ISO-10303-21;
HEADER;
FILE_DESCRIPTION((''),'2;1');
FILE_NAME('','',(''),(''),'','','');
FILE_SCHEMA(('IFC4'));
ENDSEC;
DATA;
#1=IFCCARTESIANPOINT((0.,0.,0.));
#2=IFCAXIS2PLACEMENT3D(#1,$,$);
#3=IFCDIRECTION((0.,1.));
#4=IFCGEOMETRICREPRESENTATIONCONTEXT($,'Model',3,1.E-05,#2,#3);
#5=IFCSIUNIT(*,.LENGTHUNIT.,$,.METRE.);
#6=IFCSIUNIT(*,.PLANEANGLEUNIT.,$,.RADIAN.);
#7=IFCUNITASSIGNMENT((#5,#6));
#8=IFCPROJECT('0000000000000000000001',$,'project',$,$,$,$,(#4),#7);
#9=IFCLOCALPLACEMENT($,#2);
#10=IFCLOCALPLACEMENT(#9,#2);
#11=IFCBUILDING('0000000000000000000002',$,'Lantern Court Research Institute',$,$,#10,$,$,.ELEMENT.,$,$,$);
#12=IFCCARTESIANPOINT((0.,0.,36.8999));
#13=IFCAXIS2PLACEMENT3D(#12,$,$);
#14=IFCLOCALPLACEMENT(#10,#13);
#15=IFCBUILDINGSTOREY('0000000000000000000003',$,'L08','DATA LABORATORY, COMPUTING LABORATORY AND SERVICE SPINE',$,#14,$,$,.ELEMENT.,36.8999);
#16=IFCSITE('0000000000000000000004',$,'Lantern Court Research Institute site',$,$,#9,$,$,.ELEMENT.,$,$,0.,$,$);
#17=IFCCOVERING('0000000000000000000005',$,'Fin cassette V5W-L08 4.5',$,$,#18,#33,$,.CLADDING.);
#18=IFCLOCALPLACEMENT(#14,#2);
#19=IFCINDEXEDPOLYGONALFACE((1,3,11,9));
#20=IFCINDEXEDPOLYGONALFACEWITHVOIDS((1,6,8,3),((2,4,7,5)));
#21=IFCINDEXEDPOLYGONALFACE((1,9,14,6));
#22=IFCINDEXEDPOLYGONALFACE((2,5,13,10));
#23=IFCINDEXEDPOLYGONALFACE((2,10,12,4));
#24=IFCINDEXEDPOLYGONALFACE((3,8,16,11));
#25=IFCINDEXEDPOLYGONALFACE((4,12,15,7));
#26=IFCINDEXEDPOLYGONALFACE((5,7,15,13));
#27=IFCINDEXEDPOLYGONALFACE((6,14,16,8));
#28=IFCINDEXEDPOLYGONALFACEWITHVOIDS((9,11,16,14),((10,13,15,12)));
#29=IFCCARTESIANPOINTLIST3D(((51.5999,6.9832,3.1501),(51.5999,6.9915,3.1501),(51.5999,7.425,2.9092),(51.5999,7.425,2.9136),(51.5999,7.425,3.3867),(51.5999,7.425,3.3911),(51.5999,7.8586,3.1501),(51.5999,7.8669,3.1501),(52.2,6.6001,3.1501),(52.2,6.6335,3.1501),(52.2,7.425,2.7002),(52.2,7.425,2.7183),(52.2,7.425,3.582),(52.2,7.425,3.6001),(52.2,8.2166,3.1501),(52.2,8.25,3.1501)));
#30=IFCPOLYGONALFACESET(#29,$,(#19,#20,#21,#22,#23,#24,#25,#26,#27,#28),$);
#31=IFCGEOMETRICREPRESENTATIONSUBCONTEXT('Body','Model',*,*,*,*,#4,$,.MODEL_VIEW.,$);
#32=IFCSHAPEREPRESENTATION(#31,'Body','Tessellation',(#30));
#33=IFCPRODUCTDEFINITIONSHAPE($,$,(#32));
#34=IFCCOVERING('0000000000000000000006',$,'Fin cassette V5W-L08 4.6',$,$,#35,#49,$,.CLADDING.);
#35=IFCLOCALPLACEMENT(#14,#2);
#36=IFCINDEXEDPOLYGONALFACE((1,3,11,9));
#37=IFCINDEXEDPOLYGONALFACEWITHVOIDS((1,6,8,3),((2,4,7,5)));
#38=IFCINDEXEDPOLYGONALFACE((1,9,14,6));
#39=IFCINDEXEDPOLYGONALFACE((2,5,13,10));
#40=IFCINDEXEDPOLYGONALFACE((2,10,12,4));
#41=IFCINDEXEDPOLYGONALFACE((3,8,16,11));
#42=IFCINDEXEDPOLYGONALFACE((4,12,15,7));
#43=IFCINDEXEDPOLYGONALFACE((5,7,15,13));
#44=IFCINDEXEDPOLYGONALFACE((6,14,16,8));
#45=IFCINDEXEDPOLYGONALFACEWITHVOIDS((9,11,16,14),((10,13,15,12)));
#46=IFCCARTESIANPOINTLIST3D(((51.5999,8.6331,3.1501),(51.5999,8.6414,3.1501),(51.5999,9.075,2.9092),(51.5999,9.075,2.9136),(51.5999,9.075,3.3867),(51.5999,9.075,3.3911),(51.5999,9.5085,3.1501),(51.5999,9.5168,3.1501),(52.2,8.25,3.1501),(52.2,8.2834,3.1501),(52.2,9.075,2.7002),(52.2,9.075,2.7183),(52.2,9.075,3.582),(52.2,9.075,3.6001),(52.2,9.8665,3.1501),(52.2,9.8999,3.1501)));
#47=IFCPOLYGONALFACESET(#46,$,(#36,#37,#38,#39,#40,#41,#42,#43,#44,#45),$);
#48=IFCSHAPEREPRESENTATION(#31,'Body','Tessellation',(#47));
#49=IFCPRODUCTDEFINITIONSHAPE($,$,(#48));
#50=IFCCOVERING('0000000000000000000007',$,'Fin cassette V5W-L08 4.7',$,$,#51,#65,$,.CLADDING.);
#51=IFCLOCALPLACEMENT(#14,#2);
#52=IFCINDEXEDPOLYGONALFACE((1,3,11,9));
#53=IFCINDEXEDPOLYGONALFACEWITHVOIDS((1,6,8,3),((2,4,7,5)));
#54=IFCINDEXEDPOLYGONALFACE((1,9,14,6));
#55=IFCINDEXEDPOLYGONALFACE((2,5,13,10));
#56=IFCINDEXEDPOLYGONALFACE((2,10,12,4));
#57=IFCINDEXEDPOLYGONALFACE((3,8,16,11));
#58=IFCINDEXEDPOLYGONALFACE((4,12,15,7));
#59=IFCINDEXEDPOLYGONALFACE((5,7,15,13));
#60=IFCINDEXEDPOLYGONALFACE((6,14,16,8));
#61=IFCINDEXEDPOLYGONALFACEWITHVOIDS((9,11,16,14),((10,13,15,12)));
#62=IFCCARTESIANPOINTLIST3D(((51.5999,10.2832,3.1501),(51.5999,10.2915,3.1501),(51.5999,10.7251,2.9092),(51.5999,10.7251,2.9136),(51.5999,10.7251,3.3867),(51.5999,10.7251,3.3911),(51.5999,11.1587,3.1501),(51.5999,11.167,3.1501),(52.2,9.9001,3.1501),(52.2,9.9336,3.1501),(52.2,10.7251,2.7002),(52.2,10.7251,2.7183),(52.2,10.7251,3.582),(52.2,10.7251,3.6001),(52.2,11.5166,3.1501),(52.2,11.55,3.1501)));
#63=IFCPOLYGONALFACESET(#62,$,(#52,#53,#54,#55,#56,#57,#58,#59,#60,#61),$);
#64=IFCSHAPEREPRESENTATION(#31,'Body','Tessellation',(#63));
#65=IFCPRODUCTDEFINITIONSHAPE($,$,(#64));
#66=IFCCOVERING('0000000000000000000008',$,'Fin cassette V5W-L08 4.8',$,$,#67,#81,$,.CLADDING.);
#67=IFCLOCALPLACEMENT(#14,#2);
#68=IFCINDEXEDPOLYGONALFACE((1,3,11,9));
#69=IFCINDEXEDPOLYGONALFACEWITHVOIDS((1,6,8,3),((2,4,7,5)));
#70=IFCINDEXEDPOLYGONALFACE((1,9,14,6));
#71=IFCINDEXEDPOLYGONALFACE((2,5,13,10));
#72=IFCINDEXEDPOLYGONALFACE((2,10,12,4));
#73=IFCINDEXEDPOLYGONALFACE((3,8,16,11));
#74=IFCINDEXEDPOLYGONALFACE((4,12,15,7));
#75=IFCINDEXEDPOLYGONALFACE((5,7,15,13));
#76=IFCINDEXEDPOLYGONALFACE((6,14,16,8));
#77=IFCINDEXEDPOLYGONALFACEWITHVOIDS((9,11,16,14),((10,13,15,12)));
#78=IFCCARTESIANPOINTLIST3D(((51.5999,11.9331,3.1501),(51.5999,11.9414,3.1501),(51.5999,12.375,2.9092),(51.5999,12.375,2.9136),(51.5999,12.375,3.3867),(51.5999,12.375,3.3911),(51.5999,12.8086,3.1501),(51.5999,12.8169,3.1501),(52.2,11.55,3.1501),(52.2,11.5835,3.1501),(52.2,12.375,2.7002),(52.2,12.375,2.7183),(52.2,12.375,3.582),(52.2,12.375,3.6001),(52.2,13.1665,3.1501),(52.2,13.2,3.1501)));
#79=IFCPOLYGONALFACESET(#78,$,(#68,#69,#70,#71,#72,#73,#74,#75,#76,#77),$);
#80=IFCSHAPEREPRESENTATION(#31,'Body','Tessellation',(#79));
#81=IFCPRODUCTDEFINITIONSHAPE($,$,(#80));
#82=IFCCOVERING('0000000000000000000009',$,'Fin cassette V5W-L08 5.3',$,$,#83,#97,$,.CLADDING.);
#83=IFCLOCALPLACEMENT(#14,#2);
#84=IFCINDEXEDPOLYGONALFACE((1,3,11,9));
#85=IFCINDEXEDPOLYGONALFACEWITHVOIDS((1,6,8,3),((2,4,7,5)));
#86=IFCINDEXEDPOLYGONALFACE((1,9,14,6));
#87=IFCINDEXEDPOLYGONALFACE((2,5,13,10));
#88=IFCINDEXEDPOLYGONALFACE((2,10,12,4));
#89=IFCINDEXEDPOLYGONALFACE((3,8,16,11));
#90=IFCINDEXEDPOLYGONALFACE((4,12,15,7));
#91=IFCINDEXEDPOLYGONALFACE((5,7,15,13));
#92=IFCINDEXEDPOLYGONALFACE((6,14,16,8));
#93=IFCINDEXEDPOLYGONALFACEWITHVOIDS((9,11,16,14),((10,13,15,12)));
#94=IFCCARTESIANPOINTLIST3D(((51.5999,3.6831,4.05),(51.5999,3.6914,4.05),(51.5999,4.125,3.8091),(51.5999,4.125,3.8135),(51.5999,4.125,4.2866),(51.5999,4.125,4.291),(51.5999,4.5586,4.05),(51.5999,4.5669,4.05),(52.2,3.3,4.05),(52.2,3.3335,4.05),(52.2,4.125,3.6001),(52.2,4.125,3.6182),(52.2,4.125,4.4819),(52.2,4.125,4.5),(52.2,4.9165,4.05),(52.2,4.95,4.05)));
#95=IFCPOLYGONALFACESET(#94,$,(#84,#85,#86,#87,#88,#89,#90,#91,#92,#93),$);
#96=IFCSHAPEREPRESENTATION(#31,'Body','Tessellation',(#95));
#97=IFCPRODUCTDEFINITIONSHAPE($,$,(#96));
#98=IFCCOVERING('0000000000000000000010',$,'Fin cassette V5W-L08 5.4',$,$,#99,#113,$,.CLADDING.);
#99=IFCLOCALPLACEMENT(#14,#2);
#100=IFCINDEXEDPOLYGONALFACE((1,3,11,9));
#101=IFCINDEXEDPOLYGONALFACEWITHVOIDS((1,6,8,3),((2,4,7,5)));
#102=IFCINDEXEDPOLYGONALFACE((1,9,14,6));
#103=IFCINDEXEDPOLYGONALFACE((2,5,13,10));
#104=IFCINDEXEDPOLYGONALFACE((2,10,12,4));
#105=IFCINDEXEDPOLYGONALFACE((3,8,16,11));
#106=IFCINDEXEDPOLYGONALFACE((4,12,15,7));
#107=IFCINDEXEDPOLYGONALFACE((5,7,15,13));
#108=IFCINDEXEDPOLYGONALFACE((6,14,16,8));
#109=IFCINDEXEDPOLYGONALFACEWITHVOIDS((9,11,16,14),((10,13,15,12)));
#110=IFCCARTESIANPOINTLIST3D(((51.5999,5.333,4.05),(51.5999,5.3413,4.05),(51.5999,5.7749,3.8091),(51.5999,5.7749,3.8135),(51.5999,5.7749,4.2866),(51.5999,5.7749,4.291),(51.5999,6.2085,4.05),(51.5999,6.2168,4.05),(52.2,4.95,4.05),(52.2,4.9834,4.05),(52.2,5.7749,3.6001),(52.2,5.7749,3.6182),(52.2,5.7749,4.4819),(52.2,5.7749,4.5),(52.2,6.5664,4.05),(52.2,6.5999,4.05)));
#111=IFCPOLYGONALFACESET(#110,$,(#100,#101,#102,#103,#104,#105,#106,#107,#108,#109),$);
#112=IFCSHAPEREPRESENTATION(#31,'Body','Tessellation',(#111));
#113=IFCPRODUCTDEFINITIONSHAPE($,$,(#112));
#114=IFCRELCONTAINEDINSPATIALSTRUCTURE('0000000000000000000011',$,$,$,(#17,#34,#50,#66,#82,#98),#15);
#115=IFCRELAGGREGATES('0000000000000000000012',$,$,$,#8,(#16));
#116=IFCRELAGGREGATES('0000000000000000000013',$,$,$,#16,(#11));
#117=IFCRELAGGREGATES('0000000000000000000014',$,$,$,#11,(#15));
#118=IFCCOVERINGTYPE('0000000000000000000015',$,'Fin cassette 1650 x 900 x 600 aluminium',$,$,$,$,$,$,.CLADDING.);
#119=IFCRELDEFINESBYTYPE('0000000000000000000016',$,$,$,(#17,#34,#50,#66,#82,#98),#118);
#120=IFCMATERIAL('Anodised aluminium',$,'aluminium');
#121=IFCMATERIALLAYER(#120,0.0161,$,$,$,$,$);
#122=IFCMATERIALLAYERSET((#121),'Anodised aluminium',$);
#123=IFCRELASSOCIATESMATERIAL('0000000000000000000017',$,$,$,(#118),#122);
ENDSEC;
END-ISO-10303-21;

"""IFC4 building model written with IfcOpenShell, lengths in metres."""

from ifc_helpers import new_model, entity, si_unit, direction, frame, origin, place, context, subcontext, project, spatial, material, layer, layer_set, type_object, element, save


model = new_model("IFC4")

# Units and contexts
model_context = context("Model", 3, precision=1e-05, world=origin(), true_north=direction((0.0, 1.0)))
body_context = subcontext(model_context, "Body", "Model", "MODEL_VIEW")
ifc_project = project(units=[si_unit("LENGTHUNIT", "METRE"), si_unit("PLANEANGLEUNIT", "RADIAN")], contexts=[model_context])

# Site, building, storey
site_placement = place(None, origin())
site = spatial("IfcSite", under=ifc_project, at=site_placement, Name="Lantern Court Research Institute site", CompositionType="ELEMENT", RefElevation=0.0)
building_placement = place(site_placement, origin())
building = spatial("IfcBuilding", under=site, at=building_placement, Name="Lantern Court Research Institute", CompositionType="ELEMENT")
storey_placement = place(building_placement, frame((0.0, 0.0, 36.8999)))
storey = spatial("IfcBuildingStorey", under=building, at=storey_placement, Name="L08", Description="DATA LABORATORY, COMPUTING LABORATORY AND SERVICE SPINE", CompositionType="ELEMENT", Elevation=36.8999)

# Coverings
ifc_material_1 = material(Name="Anodised aluminium", Category="aluminium")
ifc_layer_1 = layer(ifc_material_1, 0.0161)
ifc_layer_set_1 = layer_set([ifc_layer_1], Name="Anodised aluminium")
covering_type = type_object("IfcCoveringType", Name="Fin cassette 1650 x 900 x 600 aluminium", PredefinedType="CLADDING", material=ifc_layer_set_1)
covering_1_placement = place(storey_placement, frame((52.2, 7.425, 3.1501), z_axis=(-1.0, 0.0, 0.0), x_axis=(0.0, -1.0, 0.0)))
cartesian_point_1 = entity("IfcCartesianPoint", [0.825, 0.0])
cartesian_point_2 = entity("IfcCartesianPoint", [0.7915, 0.0])
cartesian_point_3 = entity("IfcCartesianPoint", [0.4419, 0.0])
cartesian_point_4 = entity("IfcCartesianPoint", [0.4336, 0.0])
element("IfcCovering", 1, at=covering_1_placement, inside=storey, type_object=covering_type, Name="Fin cassette V5W-L08 4.5", PredefinedType="CLADDING", context=body_context, shape_type="SweptSolid", body=[
    entity("IfcExtrudedAreaSolidTapered", entity("IfcArbitraryProfileDefWithVoids", "AREA", None, entity("IfcPolyline", [cartesian_point_1, entity("IfcCartesianPoint", [0.0, 0.45]), entity("IfcCartesianPoint", [-0.825, 0.0]), entity("IfcCartesianPoint", [0.0, -0.45]), cartesian_point_1]), [entity("IfcPolyline", [cartesian_point_2, entity("IfcCartesianPoint", [0.0, 0.4319]), entity("IfcCartesianPoint", [-0.7915, 0.0]), entity("IfcCartesianPoint", [0.0, -0.4319]), cartesian_point_2])]), entity("IfcAxis2Placement3D", entity("IfcCartesianPoint", [0.0, 0.0, 0.0])), entity("IfcDirection", [0.0, 0.0, 1.0]), 0.6001, entity("IfcArbitraryProfileDefWithVoids", "AREA", None, entity("IfcPolyline", [cartesian_point_3, entity("IfcCartesianPoint", [0.0, 0.241]), entity("IfcCartesianPoint", [-0.4419, 0.0]), entity("IfcCartesianPoint", [0.0, -0.241]), cartesian_point_3]), [entity("IfcPolyline", [cartesian_point_4, entity("IfcCartesianPoint", [0.0, 0.2366]), entity("IfcCartesianPoint", [-0.4336, 0.0]), entity("IfcCartesianPoint", [0.0, -0.2366]), cartesian_point_4])])),
])
covering_2_placement = place(storey_placement, frame((52.2, 9.075, 3.1501), z_axis=(-1.0, 0.0, 0.0), x_axis=(0.0, -1.0, 0.0)))
cartesian_point_5 = entity("IfcCartesianPoint", [0.825, 0.0])
cartesian_point_6 = entity("IfcCartesianPoint", [0.7915, 0.0])
cartesian_point_7 = entity("IfcCartesianPoint", [0.4419, 0.0])
cartesian_point_8 = entity("IfcCartesianPoint", [0.4336, 0.0])
element("IfcCovering", 2, at=covering_2_placement, inside=storey, type_object=covering_type, Name="Fin cassette V5W-L08 4.6", PredefinedType="CLADDING", context=body_context, shape_type="SweptSolid", body=[
    entity("IfcExtrudedAreaSolidTapered", entity("IfcArbitraryProfileDefWithVoids", "AREA", None, entity("IfcPolyline", [cartesian_point_5, entity("IfcCartesianPoint", [0.0, 0.45]), entity("IfcCartesianPoint", [-0.825, 0.0]), entity("IfcCartesianPoint", [0.0, -0.45]), cartesian_point_5]), [entity("IfcPolyline", [cartesian_point_6, entity("IfcCartesianPoint", [0.0, 0.4319]), entity("IfcCartesianPoint", [-0.7915, 0.0]), entity("IfcCartesianPoint", [0.0, -0.4319]), cartesian_point_6])]), entity("IfcAxis2Placement3D", entity("IfcCartesianPoint", [0.0, 0.0, 0.0])), entity("IfcDirection", [0.0, 0.0, 1.0]), 0.6001, entity("IfcArbitraryProfileDefWithVoids", "AREA", None, entity("IfcPolyline", [cartesian_point_7, entity("IfcCartesianPoint", [0.0, 0.241]), entity("IfcCartesianPoint", [-0.4419, 0.0]), entity("IfcCartesianPoint", [0.0, -0.241]), cartesian_point_7]), [entity("IfcPolyline", [cartesian_point_8, entity("IfcCartesianPoint", [0.0, 0.2366]), entity("IfcCartesianPoint", [-0.4336, 0.0]), entity("IfcCartesianPoint", [0.0, -0.2366]), cartesian_point_8])])),
])
covering_3_placement = place(storey_placement, frame((52.2, 10.7251, 3.1501), z_axis=(-1.0, 0.0, 0.0), x_axis=(0.0, -1.0, 0.0)))
cartesian_point_9 = entity("IfcCartesianPoint", [0.825, 0.0])
cartesian_point_10 = entity("IfcCartesianPoint", [0.7915, 0.0])
cartesian_point_11 = entity("IfcCartesianPoint", [0.4419, 0.0])
cartesian_point_12 = entity("IfcCartesianPoint", [0.4336, 0.0])
element("IfcCovering", 3, at=covering_3_placement, inside=storey, type_object=covering_type, Name="Fin cassette V5W-L08 4.7", PredefinedType="CLADDING", context=body_context, shape_type="SweptSolid", body=[
    entity("IfcExtrudedAreaSolidTapered", entity("IfcArbitraryProfileDefWithVoids", "AREA", None, entity("IfcPolyline", [cartesian_point_9, entity("IfcCartesianPoint", [0.0, 0.45]), entity("IfcCartesianPoint", [-0.825, 0.0]), entity("IfcCartesianPoint", [0.0, -0.45]), cartesian_point_9]), [entity("IfcPolyline", [cartesian_point_10, entity("IfcCartesianPoint", [0.0, 0.4319]), entity("IfcCartesianPoint", [-0.7915, 0.0]), entity("IfcCartesianPoint", [0.0, -0.4319]), cartesian_point_10])]), entity("IfcAxis2Placement3D", entity("IfcCartesianPoint", [0.0, 0.0, 0.0])), entity("IfcDirection", [0.0, 0.0, 1.0]), 0.6001, entity("IfcArbitraryProfileDefWithVoids", "AREA", None, entity("IfcPolyline", [cartesian_point_11, entity("IfcCartesianPoint", [0.0, 0.241]), entity("IfcCartesianPoint", [-0.4419, 0.0]), entity("IfcCartesianPoint", [0.0, -0.241]), cartesian_point_11]), [entity("IfcPolyline", [cartesian_point_12, entity("IfcCartesianPoint", [0.0, 0.2366]), entity("IfcCartesianPoint", [-0.4336, 0.0]), entity("IfcCartesianPoint", [0.0, -0.2366]), cartesian_point_12])])),
])
covering_4_placement = place(storey_placement, frame((52.2, 12.375, 3.1501), z_axis=(-1.0, 0.0, 0.0), x_axis=(0.0, -1.0, 0.0)))
cartesian_point_13 = entity("IfcCartesianPoint", [0.825, 0.0])
cartesian_point_14 = entity("IfcCartesianPoint", [0.7915, 0.0])
cartesian_point_15 = entity("IfcCartesianPoint", [0.4419, 0.0])
cartesian_point_16 = entity("IfcCartesianPoint", [0.4336, 0.0])
element("IfcCovering", 4, at=covering_4_placement, inside=storey, type_object=covering_type, Name="Fin cassette V5W-L08 4.8", PredefinedType="CLADDING", context=body_context, shape_type="SweptSolid", body=[
    entity("IfcExtrudedAreaSolidTapered", entity("IfcArbitraryProfileDefWithVoids", "AREA", None, entity("IfcPolyline", [cartesian_point_13, entity("IfcCartesianPoint", [0.0, 0.45]), entity("IfcCartesianPoint", [-0.825, 0.0]), entity("IfcCartesianPoint", [0.0, -0.45]), cartesian_point_13]), [entity("IfcPolyline", [cartesian_point_14, entity("IfcCartesianPoint", [0.0, 0.4319]), entity("IfcCartesianPoint", [-0.7915, 0.0]), entity("IfcCartesianPoint", [0.0, -0.4319]), cartesian_point_14])]), entity("IfcAxis2Placement3D", entity("IfcCartesianPoint", [0.0, 0.0, 0.0])), entity("IfcDirection", [0.0, 0.0, 1.0]), 0.6001, entity("IfcArbitraryProfileDefWithVoids", "AREA", None, entity("IfcPolyline", [cartesian_point_15, entity("IfcCartesianPoint", [0.0, 0.241]), entity("IfcCartesianPoint", [-0.4419, 0.0]), entity("IfcCartesianPoint", [0.0, -0.241]), cartesian_point_15]), [entity("IfcPolyline", [cartesian_point_16, entity("IfcCartesianPoint", [0.0, 0.2366]), entity("IfcCartesianPoint", [-0.4336, 0.0]), entity("IfcCartesianPoint", [0.0, -0.2366]), cartesian_point_16])])),
])
covering_5_placement = place(storey_placement, frame((52.2, 4.125, 4.05), z_axis=(-1.0, 0.0, 0.0), x_axis=(0.0, -1.0, 0.0)))
cartesian_point_17 = entity("IfcCartesianPoint", [0.825, 0.0])
cartesian_point_18 = entity("IfcCartesianPoint", [0.7915, 0.0])
cartesian_point_19 = entity("IfcCartesianPoint", [0.4419, 0.0])
cartesian_point_20 = entity("IfcCartesianPoint", [0.4336, 0.0])
element("IfcCovering", 5, at=covering_5_placement, inside=storey, type_object=covering_type, Name="Fin cassette V5W-L08 5.3", PredefinedType="CLADDING", context=body_context, shape_type="SweptSolid", body=[
    entity("IfcExtrudedAreaSolidTapered", entity("IfcArbitraryProfileDefWithVoids", "AREA", None, entity("IfcPolyline", [cartesian_point_17, entity("IfcCartesianPoint", [0.0, 0.45]), entity("IfcCartesianPoint", [-0.825, 0.0]), entity("IfcCartesianPoint", [0.0, -0.45]), cartesian_point_17]), [entity("IfcPolyline", [cartesian_point_18, entity("IfcCartesianPoint", [0.0, 0.4319]), entity("IfcCartesianPoint", [-0.7915, 0.0]), entity("IfcCartesianPoint", [0.0, -0.4319]), cartesian_point_18])]), entity("IfcAxis2Placement3D", entity("IfcCartesianPoint", [0.0, 0.0, 0.0])), entity("IfcDirection", [0.0, 0.0, 1.0]), 0.6001, entity("IfcArbitraryProfileDefWithVoids", "AREA", None, entity("IfcPolyline", [cartesian_point_19, entity("IfcCartesianPoint", [0.0, 0.241]), entity("IfcCartesianPoint", [-0.4419, 0.0]), entity("IfcCartesianPoint", [0.0, -0.241]), cartesian_point_19]), [entity("IfcPolyline", [cartesian_point_20, entity("IfcCartesianPoint", [0.0, 0.2366]), entity("IfcCartesianPoint", [-0.4336, 0.0]), entity("IfcCartesianPoint", [0.0, -0.2366]), cartesian_point_20])])),
])
covering_6_placement = place(storey_placement, frame((52.2, 5.7749, 4.05), z_axis=(-1.0, 0.0, 0.0), x_axis=(0.0, -1.0, 0.0)))
cartesian_point_21 = entity("IfcCartesianPoint", [0.825, 0.0])
cartesian_point_22 = entity("IfcCartesianPoint", [0.7915, 0.0])
cartesian_point_23 = entity("IfcCartesianPoint", [0.4419, 0.0])
cartesian_point_24 = entity("IfcCartesianPoint", [0.4336, 0.0])
element("IfcCovering", 6, at=covering_6_placement, inside=storey, type_object=covering_type, Name="Fin cassette V5W-L08 5.4", PredefinedType="CLADDING", context=body_context, shape_type="SweptSolid", body=[
    entity("IfcExtrudedAreaSolidTapered", entity("IfcArbitraryProfileDefWithVoids", "AREA", None, entity("IfcPolyline", [cartesian_point_21, entity("IfcCartesianPoint", [0.0, 0.45]), entity("IfcCartesianPoint", [-0.825, 0.0]), entity("IfcCartesianPoint", [0.0, -0.45]), cartesian_point_21]), [entity("IfcPolyline", [cartesian_point_22, entity("IfcCartesianPoint", [0.0, 0.4319]), entity("IfcCartesianPoint", [-0.7915, 0.0]), entity("IfcCartesianPoint", [0.0, -0.4319]), cartesian_point_22])]), entity("IfcAxis2Placement3D", entity("IfcCartesianPoint", [0.0, 0.0, 0.0])), entity("IfcDirection", [0.0, 0.0, 1.0]), 0.6001, entity("IfcArbitraryProfileDefWithVoids", "AREA", None, entity("IfcPolyline", [cartesian_point_23, entity("IfcCartesianPoint", [0.0, 0.241]), entity("IfcCartesianPoint", [-0.4419, 0.0]), entity("IfcCartesianPoint", [0.0, -0.241]), cartesian_point_23]), [entity("IfcPolyline", [cartesian_point_24, entity("IfcCartesianPoint", [0.0, 0.2366]), entity("IfcCartesianPoint", [-0.4336, 0.0]), entity("IfcCartesianPoint", [0.0, -0.2366]), cartesian_point_24])])),
])

save(model, "model.ifc")
